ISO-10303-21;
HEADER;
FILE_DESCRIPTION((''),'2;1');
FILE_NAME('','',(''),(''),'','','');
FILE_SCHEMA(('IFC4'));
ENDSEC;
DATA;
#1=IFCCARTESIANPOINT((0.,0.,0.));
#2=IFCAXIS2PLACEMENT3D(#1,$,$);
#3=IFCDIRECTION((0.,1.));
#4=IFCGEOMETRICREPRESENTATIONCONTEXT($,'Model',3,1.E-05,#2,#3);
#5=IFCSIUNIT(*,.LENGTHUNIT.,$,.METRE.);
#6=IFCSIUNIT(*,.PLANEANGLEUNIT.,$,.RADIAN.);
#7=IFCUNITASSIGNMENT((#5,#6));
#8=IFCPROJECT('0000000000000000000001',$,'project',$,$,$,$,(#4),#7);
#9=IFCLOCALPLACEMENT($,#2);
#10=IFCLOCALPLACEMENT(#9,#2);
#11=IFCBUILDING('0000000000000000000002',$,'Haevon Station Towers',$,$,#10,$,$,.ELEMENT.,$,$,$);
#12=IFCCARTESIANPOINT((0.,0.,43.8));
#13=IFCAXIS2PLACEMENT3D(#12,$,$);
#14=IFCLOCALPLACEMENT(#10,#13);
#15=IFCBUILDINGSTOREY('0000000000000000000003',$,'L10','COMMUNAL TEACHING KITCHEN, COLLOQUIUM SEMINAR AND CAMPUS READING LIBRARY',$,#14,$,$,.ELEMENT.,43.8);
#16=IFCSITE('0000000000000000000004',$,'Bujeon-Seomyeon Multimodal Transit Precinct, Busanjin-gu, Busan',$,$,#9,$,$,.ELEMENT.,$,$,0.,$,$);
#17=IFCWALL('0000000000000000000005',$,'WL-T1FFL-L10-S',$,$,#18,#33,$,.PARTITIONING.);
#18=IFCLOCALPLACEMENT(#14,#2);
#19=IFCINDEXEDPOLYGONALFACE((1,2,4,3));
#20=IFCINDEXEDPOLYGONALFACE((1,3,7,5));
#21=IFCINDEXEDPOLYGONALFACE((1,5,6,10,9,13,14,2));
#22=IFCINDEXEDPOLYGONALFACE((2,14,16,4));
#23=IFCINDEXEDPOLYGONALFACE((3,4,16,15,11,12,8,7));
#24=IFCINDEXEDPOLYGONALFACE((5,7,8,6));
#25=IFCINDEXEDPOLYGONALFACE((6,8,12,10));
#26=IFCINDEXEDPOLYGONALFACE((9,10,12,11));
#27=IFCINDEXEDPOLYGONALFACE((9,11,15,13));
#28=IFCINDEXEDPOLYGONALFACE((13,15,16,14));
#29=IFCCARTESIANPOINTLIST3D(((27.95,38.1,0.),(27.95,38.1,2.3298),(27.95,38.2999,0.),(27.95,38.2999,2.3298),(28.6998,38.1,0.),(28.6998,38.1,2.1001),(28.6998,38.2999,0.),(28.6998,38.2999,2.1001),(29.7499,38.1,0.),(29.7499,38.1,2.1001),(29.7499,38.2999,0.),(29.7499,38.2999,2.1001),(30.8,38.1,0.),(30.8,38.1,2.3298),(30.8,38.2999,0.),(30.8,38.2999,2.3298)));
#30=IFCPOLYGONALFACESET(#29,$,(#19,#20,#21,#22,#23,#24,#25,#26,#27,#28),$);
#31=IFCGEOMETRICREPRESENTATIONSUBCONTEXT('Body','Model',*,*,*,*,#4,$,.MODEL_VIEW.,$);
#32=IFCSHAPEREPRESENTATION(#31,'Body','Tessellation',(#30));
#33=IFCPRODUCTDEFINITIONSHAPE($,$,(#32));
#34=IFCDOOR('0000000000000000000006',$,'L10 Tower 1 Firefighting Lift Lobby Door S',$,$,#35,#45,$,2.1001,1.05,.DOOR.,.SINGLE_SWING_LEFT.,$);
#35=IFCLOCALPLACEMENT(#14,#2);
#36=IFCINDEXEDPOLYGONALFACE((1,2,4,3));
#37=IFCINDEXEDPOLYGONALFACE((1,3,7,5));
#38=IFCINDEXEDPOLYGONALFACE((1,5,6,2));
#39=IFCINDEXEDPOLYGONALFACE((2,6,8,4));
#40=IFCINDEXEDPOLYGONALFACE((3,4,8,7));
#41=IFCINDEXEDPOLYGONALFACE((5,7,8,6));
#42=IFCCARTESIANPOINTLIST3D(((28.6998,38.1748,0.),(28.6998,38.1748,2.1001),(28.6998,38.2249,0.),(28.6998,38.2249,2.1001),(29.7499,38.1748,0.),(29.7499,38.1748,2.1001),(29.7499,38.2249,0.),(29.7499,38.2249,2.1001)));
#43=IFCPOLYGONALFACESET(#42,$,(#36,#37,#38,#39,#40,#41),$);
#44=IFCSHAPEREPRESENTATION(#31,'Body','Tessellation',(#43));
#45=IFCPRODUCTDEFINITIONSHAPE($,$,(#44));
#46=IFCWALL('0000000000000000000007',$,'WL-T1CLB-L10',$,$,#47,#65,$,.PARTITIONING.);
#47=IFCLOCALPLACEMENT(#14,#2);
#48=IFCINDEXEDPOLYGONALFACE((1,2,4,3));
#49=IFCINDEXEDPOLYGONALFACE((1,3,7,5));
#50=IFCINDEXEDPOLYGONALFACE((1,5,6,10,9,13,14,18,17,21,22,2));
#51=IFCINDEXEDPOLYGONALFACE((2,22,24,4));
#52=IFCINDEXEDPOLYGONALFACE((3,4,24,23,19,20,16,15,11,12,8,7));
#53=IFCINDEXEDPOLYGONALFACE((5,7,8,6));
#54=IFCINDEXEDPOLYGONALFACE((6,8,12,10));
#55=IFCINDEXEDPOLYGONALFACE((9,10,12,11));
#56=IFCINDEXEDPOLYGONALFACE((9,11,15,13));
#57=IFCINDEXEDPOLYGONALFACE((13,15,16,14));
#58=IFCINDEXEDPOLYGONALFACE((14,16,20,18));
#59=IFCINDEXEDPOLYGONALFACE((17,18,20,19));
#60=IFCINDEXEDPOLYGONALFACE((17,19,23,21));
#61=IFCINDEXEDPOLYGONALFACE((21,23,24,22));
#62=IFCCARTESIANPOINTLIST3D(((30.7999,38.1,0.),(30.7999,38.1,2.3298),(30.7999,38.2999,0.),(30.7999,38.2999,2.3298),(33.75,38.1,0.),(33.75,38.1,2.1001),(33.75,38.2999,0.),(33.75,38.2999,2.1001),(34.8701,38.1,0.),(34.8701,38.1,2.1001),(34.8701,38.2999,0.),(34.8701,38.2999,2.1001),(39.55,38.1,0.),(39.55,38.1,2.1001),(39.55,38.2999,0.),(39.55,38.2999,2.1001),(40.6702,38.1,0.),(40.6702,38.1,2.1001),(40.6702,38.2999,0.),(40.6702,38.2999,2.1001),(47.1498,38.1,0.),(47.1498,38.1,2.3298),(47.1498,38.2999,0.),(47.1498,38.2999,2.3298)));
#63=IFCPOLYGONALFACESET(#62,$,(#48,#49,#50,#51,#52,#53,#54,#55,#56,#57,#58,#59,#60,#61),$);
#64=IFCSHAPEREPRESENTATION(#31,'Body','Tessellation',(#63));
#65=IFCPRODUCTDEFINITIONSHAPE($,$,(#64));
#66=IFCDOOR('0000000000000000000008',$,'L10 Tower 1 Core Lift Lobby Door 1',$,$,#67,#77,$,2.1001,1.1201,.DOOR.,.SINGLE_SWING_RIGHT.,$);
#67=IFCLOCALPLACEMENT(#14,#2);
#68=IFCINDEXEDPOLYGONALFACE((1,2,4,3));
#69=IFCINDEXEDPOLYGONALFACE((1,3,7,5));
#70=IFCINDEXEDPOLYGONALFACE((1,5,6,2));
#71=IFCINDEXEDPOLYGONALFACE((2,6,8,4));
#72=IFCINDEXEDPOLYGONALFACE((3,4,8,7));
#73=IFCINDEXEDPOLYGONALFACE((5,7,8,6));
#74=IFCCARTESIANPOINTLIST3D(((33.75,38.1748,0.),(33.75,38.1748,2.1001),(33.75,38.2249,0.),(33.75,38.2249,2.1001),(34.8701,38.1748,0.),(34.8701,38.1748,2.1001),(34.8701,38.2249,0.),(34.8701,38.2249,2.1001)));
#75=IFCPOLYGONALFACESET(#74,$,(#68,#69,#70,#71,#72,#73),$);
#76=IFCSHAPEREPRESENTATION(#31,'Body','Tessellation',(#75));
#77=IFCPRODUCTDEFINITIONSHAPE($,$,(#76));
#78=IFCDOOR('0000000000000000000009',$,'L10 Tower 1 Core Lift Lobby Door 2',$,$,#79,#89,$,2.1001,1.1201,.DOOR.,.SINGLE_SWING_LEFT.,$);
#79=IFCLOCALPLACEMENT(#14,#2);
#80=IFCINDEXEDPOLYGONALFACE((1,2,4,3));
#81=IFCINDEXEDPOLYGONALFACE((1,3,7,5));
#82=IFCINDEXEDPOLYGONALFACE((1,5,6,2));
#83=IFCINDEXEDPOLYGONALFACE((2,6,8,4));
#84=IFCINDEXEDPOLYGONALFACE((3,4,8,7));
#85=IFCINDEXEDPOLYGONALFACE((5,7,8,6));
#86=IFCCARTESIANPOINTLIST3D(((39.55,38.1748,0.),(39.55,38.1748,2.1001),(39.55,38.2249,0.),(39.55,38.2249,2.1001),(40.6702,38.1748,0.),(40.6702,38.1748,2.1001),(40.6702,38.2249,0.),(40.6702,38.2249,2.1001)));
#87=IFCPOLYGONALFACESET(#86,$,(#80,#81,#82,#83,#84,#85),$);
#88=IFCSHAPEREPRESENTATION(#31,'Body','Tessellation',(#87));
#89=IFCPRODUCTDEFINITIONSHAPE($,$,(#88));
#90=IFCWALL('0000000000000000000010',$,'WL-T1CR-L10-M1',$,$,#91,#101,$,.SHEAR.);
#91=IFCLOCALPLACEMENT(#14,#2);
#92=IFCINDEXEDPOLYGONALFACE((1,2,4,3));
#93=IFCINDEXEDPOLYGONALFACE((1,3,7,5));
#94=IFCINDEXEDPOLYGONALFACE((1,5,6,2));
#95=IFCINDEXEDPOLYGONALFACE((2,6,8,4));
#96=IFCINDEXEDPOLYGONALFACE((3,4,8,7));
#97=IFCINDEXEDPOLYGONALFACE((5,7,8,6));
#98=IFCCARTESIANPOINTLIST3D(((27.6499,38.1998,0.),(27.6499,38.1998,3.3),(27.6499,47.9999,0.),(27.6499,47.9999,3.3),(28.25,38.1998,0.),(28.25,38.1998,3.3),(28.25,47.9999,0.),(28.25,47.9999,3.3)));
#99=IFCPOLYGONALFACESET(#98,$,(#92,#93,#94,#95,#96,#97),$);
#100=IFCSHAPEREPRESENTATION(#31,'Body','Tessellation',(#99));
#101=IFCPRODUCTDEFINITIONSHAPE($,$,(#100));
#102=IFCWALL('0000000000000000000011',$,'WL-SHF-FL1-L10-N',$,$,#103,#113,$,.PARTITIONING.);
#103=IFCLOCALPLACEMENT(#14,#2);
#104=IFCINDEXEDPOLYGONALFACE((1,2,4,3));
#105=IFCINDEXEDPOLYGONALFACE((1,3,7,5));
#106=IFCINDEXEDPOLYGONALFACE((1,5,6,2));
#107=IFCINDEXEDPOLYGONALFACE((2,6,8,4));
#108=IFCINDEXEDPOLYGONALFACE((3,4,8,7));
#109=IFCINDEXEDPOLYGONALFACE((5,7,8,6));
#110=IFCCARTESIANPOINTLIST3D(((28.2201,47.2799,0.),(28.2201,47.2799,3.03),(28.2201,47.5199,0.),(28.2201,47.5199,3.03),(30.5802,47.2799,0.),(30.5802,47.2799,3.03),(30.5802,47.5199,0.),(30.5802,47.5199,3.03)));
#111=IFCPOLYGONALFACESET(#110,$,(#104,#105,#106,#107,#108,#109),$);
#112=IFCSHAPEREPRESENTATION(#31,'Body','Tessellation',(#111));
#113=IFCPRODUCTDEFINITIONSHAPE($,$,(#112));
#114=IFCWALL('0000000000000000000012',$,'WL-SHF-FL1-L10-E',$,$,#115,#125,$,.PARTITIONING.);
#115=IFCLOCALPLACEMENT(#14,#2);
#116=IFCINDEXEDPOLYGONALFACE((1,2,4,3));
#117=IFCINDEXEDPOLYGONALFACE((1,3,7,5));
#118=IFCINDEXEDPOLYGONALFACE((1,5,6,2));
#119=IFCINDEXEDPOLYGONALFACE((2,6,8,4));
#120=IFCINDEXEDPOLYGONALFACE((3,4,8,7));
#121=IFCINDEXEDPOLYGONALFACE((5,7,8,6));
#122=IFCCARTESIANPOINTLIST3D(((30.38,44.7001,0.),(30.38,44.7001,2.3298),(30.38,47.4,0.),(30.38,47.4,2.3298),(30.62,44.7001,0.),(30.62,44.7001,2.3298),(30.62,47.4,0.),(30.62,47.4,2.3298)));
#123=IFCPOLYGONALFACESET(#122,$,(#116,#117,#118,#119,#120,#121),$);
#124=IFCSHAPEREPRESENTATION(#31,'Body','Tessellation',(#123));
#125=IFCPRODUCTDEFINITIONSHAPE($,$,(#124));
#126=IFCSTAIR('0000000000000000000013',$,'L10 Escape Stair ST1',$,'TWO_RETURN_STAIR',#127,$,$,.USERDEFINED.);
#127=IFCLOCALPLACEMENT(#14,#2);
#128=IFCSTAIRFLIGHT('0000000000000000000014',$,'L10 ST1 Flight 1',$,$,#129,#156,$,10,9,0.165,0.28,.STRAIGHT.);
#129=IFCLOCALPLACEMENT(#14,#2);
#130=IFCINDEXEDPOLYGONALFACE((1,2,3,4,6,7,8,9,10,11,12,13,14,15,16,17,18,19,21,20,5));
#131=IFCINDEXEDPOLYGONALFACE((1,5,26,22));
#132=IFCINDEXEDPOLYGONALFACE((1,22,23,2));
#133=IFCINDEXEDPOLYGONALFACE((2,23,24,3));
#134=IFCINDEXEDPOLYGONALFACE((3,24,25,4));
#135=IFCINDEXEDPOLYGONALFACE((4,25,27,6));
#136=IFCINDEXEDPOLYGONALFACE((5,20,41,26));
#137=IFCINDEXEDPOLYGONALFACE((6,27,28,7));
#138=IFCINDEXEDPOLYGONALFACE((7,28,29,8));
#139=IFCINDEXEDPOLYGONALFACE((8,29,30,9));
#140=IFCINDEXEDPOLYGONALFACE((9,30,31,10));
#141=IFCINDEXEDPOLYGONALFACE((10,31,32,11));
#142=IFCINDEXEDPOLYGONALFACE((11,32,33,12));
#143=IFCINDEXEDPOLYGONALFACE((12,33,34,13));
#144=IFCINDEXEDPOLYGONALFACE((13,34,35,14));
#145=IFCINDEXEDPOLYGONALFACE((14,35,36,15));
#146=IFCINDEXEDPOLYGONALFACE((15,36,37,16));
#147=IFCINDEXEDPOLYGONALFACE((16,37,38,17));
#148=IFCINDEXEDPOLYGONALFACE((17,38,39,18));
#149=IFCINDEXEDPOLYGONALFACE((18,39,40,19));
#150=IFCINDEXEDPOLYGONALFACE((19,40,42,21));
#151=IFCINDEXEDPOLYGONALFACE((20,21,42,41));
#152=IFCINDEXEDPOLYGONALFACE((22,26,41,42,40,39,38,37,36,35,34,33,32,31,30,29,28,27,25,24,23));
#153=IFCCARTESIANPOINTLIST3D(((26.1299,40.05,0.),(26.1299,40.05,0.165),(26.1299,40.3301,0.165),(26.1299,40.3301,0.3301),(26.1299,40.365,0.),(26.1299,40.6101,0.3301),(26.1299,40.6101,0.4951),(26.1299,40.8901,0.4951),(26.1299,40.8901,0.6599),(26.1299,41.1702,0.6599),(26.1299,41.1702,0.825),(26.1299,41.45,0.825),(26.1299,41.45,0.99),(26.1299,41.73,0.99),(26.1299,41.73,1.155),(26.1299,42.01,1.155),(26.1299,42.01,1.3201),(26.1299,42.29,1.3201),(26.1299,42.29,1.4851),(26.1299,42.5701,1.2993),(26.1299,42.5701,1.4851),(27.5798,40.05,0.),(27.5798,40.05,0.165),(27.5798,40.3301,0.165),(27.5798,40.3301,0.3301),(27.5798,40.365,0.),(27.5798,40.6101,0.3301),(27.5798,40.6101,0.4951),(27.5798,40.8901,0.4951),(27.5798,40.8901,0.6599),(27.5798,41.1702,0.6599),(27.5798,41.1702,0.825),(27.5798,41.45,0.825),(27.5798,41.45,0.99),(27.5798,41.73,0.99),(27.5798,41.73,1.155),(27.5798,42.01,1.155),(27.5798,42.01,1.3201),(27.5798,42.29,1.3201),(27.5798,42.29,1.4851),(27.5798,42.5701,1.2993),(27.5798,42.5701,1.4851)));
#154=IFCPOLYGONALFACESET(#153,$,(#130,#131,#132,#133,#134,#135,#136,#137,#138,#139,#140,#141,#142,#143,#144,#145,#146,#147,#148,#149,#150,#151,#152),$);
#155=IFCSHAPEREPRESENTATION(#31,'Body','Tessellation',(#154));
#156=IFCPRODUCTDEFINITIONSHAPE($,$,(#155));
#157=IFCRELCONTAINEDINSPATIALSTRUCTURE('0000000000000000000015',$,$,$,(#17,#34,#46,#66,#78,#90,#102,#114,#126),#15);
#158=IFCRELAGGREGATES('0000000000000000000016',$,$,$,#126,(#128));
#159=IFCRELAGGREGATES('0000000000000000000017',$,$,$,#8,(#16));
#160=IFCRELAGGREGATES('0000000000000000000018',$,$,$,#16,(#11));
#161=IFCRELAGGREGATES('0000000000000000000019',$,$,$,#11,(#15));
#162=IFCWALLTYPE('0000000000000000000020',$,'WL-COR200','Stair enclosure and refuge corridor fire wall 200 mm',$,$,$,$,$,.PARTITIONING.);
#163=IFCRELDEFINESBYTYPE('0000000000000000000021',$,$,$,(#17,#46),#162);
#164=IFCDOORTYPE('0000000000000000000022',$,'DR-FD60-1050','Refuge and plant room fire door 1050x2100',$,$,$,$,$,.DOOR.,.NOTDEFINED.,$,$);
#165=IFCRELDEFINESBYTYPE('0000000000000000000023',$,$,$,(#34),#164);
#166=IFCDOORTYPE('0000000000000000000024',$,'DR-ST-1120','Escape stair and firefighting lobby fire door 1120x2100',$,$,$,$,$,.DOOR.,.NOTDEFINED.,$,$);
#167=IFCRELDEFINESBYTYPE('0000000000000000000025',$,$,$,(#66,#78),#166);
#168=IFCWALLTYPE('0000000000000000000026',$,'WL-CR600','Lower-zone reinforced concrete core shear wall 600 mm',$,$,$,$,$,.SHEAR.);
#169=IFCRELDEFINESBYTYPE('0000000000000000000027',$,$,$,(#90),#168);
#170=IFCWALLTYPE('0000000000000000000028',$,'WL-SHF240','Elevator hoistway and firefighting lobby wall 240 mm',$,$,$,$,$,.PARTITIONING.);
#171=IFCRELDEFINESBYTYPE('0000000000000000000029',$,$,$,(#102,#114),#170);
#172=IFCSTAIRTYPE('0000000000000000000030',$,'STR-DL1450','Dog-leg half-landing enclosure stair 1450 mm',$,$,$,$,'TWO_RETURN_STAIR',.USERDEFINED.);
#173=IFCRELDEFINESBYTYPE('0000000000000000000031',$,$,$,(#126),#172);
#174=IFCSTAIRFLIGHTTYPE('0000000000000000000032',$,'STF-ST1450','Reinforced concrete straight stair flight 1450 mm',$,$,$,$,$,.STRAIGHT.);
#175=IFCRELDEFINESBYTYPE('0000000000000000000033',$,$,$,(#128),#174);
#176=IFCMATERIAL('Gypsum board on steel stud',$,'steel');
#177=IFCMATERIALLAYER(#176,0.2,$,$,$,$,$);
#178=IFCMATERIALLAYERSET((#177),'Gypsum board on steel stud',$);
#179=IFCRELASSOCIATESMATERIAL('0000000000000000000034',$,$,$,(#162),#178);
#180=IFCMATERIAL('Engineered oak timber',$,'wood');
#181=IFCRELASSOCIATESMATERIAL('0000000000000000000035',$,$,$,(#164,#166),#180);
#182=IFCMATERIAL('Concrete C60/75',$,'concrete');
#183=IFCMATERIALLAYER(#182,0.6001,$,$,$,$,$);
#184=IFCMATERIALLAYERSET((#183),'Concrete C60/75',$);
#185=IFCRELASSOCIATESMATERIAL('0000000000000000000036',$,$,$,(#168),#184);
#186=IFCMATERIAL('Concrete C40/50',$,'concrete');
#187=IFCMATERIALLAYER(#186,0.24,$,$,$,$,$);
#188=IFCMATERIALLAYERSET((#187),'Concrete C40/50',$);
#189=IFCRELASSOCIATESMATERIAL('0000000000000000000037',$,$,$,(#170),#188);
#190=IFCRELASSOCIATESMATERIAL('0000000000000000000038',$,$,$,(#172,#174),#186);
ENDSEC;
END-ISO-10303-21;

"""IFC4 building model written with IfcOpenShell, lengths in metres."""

from ifc_helpers import new_model, si_unit, direction, frame, frame_2d, origin, place, context, subcontext, project, spatial, polyline, rectangle, outline, extrude, material, layer, layer_set, type_object, element, fill, aggregate, save


model = new_model("IFC4")

# Units and contexts
model_context = context("Model", 3, precision=1e-05, world=origin(), true_north=direction((0.0, 1.0)))
body_context = subcontext(model_context, "Body", "Model", "MODEL_VIEW")
ifc_project = project(units=[si_unit("LENGTHUNIT", "METRE"), si_unit("PLANEANGLEUNIT", "RADIAN")], contexts=[model_context])

# Site, building, storey
site_placement = place(None, origin())
site = spatial("IfcSite", under=ifc_project, at=site_placement, Name="Bujeon-Seomyeon Multimodal Transit Precinct, Busanjin-gu, Busan", CompositionType="ELEMENT", RefElevation=0.0)
building_placement = place(site_placement, origin())
building = spatial("IfcBuilding", under=site, at=building_placement, Name="Haevon Station Towers", CompositionType="ELEMENT")
storey_placement = place(building_placement, frame((0.0, 0.0, 43.8)))
storey = spatial("IfcBuildingStorey", under=building, at=storey_placement, Name="L10", Description="COMMUNAL TEACHING KITCHEN, COLLOQUIUM SEMINAR AND CAMPUS READING LIBRARY", CompositionType="ELEMENT", Elevation=43.8)

# Wall, opening, door
ifc_material_1 = material(Name="Gypsum board on steel stud", Category="steel")
ifc_layer_1 = layer(ifc_material_1, 0.2)
ifc_layer_set_1 = layer_set([ifc_layer_1], Name="Gypsum board on steel stud")
wall_type_1 = type_object("IfcWallType", Name="WL-COR200", Description="Stair enclosure and refuge corridor fire wall 200 mm", PredefinedType="PARTITIONING", material=ifc_layer_set_1)
ifc_material_2 = material(Name="Engineered oak timber", Category="wood")
door_type_1 = type_object("IfcDoorType", Name="DR-FD60-1050", Description="Refuge and plant room fire door 1050x2100", OperationType="NOTDEFINED", PredefinedType="DOOR", material=ifc_material_2)
wall_1_placement = place(storey_placement, frame((27.95, 38.2, 0.0), z_axis=(0.0, 0.0, 1.0), x_axis=(1.0, 0.0, 0.0)))
wall_1 = element("IfcWall", 1, at=wall_1_placement, inside=storey, type_object=wall_type_1, Name="WL-T1FFL-L10-S", PredefinedType="PARTITIONING", context=body_context, shape_type="SweptSolid", body=[
    extrude(rectangle(XDim=2.8501, YDim=0.2, at=frame_2d((1.425, 0.0))), origin(), (0.0, 0.0, 1.0), 2.3298),
])
opening_1_placement = place(wall_1_placement, frame((0.75, 0.0, 0.0)))
opening_1 = element("IfcOpeningElement", 2, at=opening_1_placement, cuts=wall_1, PredefinedType="OPENING", context=body_context, shape_type="SweptSolid", body=[
    extrude(rectangle(XDim=1.05, YDim=2.1001, at=frame_2d((0.5249, 1.05))), frame((0.0, 0.1099, 0.0), z_axis=(0.0, -1.0, 0.0), x_axis=(1.0, 0.0, 0.0)), (0.0, 0.0, 1.0), 0.22),
])
door_1_placement = place(opening_1_placement, origin())
door_1 = element("IfcDoor", 3, at=door_1_placement, inside=storey, type_object=door_type_1, Name="L10 Tower 1 Firefighting Lift Lobby Door S", OperationType="SINGLE_SWING_LEFT", OverallHeight=2.1001, OverallWidth=1.05, PredefinedType="DOOR", context=body_context, shape_type="SweptSolid", body=[
    extrude(rectangle(XDim=1.05, YDim=2.1001, at=frame_2d((0.5249, 1.05))), frame((0.0, 0.0249, 0.0), z_axis=(0.0, -1.0, 0.0), x_axis=(1.0, 0.0, 0.0)), (0.0, 0.0, 1.0), 0.05),
])
fill(opening_1, door_1)

# Wall, openings, doors
wall_2_placement = place(storey_placement, frame((30.8, 38.2, 0.0), z_axis=(0.0, 0.0, 1.0), x_axis=(1.0, 0.0, 0.0)))
wall_2 = element("IfcWall", 4, at=wall_2_placement, inside=storey, type_object=wall_type_1, Name="WL-T1CLB-L10", PredefinedType="PARTITIONING", context=body_context, shape_type="SweptSolid", body=[
    extrude(rectangle(XDim=16.3499, YDim=0.2, at=frame_2d((8.1748, 0.0))), origin(), (0.0, 0.0, 1.0), 2.3298),
])
opening_2_placement = place(wall_2_placement, frame((2.95, 0.0, 0.0)))
opening_2 = element("IfcOpeningElement", 5, at=opening_2_placement, cuts=wall_2, PredefinedType="OPENING", context=body_context, shape_type="SweptSolid", body=[
    extrude(rectangle(XDim=1.1201, YDim=2.1001, at=frame_2d((0.5601, 1.05))), frame((0.0, 0.1099, 0.0), z_axis=(0.0, -1.0, 0.0), x_axis=(1.0, 0.0, 0.0)), (0.0, 0.0, 1.0), 0.22),
])
opening_3_placement = place(wall_2_placement, frame((8.75, 0.0, 0.0)))
opening_3 = element("IfcOpeningElement", 6, at=opening_3_placement, cuts=wall_2, PredefinedType="OPENING", context=body_context, shape_type="SweptSolid", body=[
    extrude(rectangle(XDim=1.1201, YDim=2.1001, at=frame_2d((0.5601, 1.05))), frame((0.0, 0.1099, 0.0), z_axis=(0.0, -1.0, 0.0), x_axis=(1.0, 0.0, 0.0)), (0.0, 0.0, 1.0), 0.22),
])
door_type_2 = type_object("IfcDoorType", Name="DR-ST-1120", Description="Escape stair and firefighting lobby fire door 1120x2100", OperationType="NOTDEFINED", PredefinedType="DOOR", material=ifc_material_2)
door_2_placement = place(opening_2_placement, origin())
door_2 = element("IfcDoor", 7, at=door_2_placement, inside=storey, type_object=door_type_2, Name="L10 Tower 1 Core Lift Lobby Door 1", OperationType="SINGLE_SWING_RIGHT", OverallHeight=2.1001, OverallWidth=1.1201, PredefinedType="DOOR", context=body_context, shape_type="SweptSolid", body=[
    extrude(rectangle(XDim=1.1201, YDim=2.1001, at=frame_2d((0.5601, 1.05))), frame((0.0, 0.0249, 0.0), z_axis=(0.0, -1.0, 0.0), x_axis=(1.0, 0.0, 0.0)), (0.0, 0.0, 1.0), 0.05),
])
fill(opening_2, door_2)
door_3_placement = place(opening_3_placement, origin())
door_3 = element("IfcDoor", 8, at=door_3_placement, inside=storey, type_object=door_type_2, Name="L10 Tower 1 Core Lift Lobby Door 2", OperationType="SINGLE_SWING_LEFT", OverallHeight=2.1001, OverallWidth=1.1201, PredefinedType="DOOR", context=body_context, shape_type="SweptSolid", body=[
    extrude(rectangle(XDim=1.1201, YDim=2.1001, at=frame_2d((0.5601, 1.05))), frame((0.0, 0.0249, 0.0), z_axis=(0.0, -1.0, 0.0), x_axis=(1.0, 0.0, 0.0)), (0.0, 0.0, 1.0), 0.05),
])
fill(opening_3, door_3)

# Wall
ifc_material_3 = material(Name="Concrete C60/75", Category="concrete")
ifc_layer_2 = layer(ifc_material_3, 0.6001)
ifc_layer_set_2 = layer_set([ifc_layer_2], Name="Concrete C60/75")
wall_type_2 = type_object("IfcWallType", Name="WL-CR600", Description="Lower-zone reinforced concrete core shear wall 600 mm", PredefinedType="SHEAR", material=ifc_layer_set_2)
wall_3_placement = place(storey_placement, frame((27.95, 38.2, 0.0), z_axis=(0.0, 0.0, 1.0), x_axis=(0.0, 1.0, 0.0)))
element("IfcWall", 9, at=wall_3_placement, inside=storey, type_object=wall_type_2, Name="WL-T1CR-L10-M1", PredefinedType="SHEAR", context=body_context, shape_type="SweptSolid", body=[
    extrude(rectangle(XDim=9.8, YDim=0.6001, at=frame_2d((4.8999, 0.0))), origin(), (0.0, 0.0, 1.0), 3.3),
])

# Shared definitions
ifc_material_4 = material(Name="Concrete C40/50", Category="concrete")
ifc_layer_3 = layer(ifc_material_4, 0.24)
ifc_layer_set_3 = layer_set([ifc_layer_3], Name="Concrete C40/50")
wall_type_3 = type_object("IfcWallType", Name="WL-SHF240", Description="Elevator hoistway and firefighting lobby wall 240 mm", PredefinedType="PARTITIONING", material=ifc_layer_set_3)

# Walls
wall_4_placement = place(storey_placement, frame((28.22, 47.3999, 0.0), z_axis=(0.0, 0.0, 1.0), x_axis=(1.0, 0.0, 0.0)))
element("IfcWall", 10, at=wall_4_placement, inside=storey, type_object=wall_type_3, Name="WL-SHF-FL1-L10-N", PredefinedType="PARTITIONING", context=body_context, shape_type="SweptSolid", body=[
    extrude(rectangle(XDim=2.3601, YDim=0.24, at=frame_2d((1.1802, 0.0))), origin(), (0.0, 0.0, 1.0), 3.03),
])
wall_5_placement = place(storey_placement, frame((30.5, 44.7, 0.0), z_axis=(0.0, 0.0, 1.0), x_axis=(0.0, 1.0, 0.0)))
element("IfcWall", 11, at=wall_5_placement, inside=storey, type_object=wall_type_3, Name="WL-SHF-FL1-L10-E", PredefinedType="PARTITIONING", context=body_context, shape_type="SweptSolid", body=[
    extrude(rectangle(XDim=2.7, YDim=0.24, at=frame_2d((1.3501, 0.0))), origin(), (0.0, 0.0, 1.0), 2.3298),
])

# Stair, stair flight
stair_type = type_object("IfcStairType", Name="STR-DL1450", Description="Dog-leg half-landing enclosure stair 1450 mm", ElementType="TWO_RETURN_STAIR", PredefinedType="USERDEFINED", material=ifc_material_4)
stair_placement = place(storey_placement, origin())
stair = element("IfcStair", 12, at=stair_placement, inside=storey, type_object=stair_type, Name="L10 Escape Stair ST1", ObjectType="TWO_RETURN_STAIR", PredefinedType="USERDEFINED")
stair_flight_type = type_object("IfcStairFlightType", Name="STF-ST1450", Description="Reinforced concrete straight stair flight 1450 mm", PredefinedType="STRAIGHT", material=ifc_material_4)
stair_flight_placement = place(storey_placement, frame((26.855, 40.05, 0.0), z_axis=(0.0, 0.0, 1.0), x_axis=(0.0, 1.0, 0.0)))
stair_flight = element("IfcStairFlight", 13, at=stair_flight_placement, type_object=stair_flight_type, Name="L10 ST1 Flight 1", NumberOfRisers=10, NumberOfTreads=9, PredefinedType="STRAIGHT", RiserHeight=0.165, TreadLength=0.28, context=body_context, shape_type="SweptSolid", body=[
    extrude(outline(polyline([(0.0, 0.0), (0.0, 0.165), (0.28, 0.165), (0.28, 0.3301), (0.5601, 0.3301), (0.5601, 0.4951), (0.8401, 0.4951), (0.8401, 0.6599), (1.1201, 0.6599), (1.1201, 0.825), (1.3999, 0.825), (1.3999, 0.99), (1.6799, 0.99), (1.6799, 1.155), (1.96, 1.155), (1.96, 1.3201), (2.24, 1.3201), (2.24, 1.4851), (2.52, 1.4851), (2.52, 1.6499), (2.52, 1.2993), (0.3149, 0.0), (0.0, 0.0)])), frame((0.0, 0.7251, 0.0), z_axis=(0.0, -1.0, 0.0), x_axis=(1.0, 0.0, 0.0)), (0.0, 0.0, 1.0), 1.45),
])
aggregate(stair, [stair_flight])

save(model, "model.ifc")
